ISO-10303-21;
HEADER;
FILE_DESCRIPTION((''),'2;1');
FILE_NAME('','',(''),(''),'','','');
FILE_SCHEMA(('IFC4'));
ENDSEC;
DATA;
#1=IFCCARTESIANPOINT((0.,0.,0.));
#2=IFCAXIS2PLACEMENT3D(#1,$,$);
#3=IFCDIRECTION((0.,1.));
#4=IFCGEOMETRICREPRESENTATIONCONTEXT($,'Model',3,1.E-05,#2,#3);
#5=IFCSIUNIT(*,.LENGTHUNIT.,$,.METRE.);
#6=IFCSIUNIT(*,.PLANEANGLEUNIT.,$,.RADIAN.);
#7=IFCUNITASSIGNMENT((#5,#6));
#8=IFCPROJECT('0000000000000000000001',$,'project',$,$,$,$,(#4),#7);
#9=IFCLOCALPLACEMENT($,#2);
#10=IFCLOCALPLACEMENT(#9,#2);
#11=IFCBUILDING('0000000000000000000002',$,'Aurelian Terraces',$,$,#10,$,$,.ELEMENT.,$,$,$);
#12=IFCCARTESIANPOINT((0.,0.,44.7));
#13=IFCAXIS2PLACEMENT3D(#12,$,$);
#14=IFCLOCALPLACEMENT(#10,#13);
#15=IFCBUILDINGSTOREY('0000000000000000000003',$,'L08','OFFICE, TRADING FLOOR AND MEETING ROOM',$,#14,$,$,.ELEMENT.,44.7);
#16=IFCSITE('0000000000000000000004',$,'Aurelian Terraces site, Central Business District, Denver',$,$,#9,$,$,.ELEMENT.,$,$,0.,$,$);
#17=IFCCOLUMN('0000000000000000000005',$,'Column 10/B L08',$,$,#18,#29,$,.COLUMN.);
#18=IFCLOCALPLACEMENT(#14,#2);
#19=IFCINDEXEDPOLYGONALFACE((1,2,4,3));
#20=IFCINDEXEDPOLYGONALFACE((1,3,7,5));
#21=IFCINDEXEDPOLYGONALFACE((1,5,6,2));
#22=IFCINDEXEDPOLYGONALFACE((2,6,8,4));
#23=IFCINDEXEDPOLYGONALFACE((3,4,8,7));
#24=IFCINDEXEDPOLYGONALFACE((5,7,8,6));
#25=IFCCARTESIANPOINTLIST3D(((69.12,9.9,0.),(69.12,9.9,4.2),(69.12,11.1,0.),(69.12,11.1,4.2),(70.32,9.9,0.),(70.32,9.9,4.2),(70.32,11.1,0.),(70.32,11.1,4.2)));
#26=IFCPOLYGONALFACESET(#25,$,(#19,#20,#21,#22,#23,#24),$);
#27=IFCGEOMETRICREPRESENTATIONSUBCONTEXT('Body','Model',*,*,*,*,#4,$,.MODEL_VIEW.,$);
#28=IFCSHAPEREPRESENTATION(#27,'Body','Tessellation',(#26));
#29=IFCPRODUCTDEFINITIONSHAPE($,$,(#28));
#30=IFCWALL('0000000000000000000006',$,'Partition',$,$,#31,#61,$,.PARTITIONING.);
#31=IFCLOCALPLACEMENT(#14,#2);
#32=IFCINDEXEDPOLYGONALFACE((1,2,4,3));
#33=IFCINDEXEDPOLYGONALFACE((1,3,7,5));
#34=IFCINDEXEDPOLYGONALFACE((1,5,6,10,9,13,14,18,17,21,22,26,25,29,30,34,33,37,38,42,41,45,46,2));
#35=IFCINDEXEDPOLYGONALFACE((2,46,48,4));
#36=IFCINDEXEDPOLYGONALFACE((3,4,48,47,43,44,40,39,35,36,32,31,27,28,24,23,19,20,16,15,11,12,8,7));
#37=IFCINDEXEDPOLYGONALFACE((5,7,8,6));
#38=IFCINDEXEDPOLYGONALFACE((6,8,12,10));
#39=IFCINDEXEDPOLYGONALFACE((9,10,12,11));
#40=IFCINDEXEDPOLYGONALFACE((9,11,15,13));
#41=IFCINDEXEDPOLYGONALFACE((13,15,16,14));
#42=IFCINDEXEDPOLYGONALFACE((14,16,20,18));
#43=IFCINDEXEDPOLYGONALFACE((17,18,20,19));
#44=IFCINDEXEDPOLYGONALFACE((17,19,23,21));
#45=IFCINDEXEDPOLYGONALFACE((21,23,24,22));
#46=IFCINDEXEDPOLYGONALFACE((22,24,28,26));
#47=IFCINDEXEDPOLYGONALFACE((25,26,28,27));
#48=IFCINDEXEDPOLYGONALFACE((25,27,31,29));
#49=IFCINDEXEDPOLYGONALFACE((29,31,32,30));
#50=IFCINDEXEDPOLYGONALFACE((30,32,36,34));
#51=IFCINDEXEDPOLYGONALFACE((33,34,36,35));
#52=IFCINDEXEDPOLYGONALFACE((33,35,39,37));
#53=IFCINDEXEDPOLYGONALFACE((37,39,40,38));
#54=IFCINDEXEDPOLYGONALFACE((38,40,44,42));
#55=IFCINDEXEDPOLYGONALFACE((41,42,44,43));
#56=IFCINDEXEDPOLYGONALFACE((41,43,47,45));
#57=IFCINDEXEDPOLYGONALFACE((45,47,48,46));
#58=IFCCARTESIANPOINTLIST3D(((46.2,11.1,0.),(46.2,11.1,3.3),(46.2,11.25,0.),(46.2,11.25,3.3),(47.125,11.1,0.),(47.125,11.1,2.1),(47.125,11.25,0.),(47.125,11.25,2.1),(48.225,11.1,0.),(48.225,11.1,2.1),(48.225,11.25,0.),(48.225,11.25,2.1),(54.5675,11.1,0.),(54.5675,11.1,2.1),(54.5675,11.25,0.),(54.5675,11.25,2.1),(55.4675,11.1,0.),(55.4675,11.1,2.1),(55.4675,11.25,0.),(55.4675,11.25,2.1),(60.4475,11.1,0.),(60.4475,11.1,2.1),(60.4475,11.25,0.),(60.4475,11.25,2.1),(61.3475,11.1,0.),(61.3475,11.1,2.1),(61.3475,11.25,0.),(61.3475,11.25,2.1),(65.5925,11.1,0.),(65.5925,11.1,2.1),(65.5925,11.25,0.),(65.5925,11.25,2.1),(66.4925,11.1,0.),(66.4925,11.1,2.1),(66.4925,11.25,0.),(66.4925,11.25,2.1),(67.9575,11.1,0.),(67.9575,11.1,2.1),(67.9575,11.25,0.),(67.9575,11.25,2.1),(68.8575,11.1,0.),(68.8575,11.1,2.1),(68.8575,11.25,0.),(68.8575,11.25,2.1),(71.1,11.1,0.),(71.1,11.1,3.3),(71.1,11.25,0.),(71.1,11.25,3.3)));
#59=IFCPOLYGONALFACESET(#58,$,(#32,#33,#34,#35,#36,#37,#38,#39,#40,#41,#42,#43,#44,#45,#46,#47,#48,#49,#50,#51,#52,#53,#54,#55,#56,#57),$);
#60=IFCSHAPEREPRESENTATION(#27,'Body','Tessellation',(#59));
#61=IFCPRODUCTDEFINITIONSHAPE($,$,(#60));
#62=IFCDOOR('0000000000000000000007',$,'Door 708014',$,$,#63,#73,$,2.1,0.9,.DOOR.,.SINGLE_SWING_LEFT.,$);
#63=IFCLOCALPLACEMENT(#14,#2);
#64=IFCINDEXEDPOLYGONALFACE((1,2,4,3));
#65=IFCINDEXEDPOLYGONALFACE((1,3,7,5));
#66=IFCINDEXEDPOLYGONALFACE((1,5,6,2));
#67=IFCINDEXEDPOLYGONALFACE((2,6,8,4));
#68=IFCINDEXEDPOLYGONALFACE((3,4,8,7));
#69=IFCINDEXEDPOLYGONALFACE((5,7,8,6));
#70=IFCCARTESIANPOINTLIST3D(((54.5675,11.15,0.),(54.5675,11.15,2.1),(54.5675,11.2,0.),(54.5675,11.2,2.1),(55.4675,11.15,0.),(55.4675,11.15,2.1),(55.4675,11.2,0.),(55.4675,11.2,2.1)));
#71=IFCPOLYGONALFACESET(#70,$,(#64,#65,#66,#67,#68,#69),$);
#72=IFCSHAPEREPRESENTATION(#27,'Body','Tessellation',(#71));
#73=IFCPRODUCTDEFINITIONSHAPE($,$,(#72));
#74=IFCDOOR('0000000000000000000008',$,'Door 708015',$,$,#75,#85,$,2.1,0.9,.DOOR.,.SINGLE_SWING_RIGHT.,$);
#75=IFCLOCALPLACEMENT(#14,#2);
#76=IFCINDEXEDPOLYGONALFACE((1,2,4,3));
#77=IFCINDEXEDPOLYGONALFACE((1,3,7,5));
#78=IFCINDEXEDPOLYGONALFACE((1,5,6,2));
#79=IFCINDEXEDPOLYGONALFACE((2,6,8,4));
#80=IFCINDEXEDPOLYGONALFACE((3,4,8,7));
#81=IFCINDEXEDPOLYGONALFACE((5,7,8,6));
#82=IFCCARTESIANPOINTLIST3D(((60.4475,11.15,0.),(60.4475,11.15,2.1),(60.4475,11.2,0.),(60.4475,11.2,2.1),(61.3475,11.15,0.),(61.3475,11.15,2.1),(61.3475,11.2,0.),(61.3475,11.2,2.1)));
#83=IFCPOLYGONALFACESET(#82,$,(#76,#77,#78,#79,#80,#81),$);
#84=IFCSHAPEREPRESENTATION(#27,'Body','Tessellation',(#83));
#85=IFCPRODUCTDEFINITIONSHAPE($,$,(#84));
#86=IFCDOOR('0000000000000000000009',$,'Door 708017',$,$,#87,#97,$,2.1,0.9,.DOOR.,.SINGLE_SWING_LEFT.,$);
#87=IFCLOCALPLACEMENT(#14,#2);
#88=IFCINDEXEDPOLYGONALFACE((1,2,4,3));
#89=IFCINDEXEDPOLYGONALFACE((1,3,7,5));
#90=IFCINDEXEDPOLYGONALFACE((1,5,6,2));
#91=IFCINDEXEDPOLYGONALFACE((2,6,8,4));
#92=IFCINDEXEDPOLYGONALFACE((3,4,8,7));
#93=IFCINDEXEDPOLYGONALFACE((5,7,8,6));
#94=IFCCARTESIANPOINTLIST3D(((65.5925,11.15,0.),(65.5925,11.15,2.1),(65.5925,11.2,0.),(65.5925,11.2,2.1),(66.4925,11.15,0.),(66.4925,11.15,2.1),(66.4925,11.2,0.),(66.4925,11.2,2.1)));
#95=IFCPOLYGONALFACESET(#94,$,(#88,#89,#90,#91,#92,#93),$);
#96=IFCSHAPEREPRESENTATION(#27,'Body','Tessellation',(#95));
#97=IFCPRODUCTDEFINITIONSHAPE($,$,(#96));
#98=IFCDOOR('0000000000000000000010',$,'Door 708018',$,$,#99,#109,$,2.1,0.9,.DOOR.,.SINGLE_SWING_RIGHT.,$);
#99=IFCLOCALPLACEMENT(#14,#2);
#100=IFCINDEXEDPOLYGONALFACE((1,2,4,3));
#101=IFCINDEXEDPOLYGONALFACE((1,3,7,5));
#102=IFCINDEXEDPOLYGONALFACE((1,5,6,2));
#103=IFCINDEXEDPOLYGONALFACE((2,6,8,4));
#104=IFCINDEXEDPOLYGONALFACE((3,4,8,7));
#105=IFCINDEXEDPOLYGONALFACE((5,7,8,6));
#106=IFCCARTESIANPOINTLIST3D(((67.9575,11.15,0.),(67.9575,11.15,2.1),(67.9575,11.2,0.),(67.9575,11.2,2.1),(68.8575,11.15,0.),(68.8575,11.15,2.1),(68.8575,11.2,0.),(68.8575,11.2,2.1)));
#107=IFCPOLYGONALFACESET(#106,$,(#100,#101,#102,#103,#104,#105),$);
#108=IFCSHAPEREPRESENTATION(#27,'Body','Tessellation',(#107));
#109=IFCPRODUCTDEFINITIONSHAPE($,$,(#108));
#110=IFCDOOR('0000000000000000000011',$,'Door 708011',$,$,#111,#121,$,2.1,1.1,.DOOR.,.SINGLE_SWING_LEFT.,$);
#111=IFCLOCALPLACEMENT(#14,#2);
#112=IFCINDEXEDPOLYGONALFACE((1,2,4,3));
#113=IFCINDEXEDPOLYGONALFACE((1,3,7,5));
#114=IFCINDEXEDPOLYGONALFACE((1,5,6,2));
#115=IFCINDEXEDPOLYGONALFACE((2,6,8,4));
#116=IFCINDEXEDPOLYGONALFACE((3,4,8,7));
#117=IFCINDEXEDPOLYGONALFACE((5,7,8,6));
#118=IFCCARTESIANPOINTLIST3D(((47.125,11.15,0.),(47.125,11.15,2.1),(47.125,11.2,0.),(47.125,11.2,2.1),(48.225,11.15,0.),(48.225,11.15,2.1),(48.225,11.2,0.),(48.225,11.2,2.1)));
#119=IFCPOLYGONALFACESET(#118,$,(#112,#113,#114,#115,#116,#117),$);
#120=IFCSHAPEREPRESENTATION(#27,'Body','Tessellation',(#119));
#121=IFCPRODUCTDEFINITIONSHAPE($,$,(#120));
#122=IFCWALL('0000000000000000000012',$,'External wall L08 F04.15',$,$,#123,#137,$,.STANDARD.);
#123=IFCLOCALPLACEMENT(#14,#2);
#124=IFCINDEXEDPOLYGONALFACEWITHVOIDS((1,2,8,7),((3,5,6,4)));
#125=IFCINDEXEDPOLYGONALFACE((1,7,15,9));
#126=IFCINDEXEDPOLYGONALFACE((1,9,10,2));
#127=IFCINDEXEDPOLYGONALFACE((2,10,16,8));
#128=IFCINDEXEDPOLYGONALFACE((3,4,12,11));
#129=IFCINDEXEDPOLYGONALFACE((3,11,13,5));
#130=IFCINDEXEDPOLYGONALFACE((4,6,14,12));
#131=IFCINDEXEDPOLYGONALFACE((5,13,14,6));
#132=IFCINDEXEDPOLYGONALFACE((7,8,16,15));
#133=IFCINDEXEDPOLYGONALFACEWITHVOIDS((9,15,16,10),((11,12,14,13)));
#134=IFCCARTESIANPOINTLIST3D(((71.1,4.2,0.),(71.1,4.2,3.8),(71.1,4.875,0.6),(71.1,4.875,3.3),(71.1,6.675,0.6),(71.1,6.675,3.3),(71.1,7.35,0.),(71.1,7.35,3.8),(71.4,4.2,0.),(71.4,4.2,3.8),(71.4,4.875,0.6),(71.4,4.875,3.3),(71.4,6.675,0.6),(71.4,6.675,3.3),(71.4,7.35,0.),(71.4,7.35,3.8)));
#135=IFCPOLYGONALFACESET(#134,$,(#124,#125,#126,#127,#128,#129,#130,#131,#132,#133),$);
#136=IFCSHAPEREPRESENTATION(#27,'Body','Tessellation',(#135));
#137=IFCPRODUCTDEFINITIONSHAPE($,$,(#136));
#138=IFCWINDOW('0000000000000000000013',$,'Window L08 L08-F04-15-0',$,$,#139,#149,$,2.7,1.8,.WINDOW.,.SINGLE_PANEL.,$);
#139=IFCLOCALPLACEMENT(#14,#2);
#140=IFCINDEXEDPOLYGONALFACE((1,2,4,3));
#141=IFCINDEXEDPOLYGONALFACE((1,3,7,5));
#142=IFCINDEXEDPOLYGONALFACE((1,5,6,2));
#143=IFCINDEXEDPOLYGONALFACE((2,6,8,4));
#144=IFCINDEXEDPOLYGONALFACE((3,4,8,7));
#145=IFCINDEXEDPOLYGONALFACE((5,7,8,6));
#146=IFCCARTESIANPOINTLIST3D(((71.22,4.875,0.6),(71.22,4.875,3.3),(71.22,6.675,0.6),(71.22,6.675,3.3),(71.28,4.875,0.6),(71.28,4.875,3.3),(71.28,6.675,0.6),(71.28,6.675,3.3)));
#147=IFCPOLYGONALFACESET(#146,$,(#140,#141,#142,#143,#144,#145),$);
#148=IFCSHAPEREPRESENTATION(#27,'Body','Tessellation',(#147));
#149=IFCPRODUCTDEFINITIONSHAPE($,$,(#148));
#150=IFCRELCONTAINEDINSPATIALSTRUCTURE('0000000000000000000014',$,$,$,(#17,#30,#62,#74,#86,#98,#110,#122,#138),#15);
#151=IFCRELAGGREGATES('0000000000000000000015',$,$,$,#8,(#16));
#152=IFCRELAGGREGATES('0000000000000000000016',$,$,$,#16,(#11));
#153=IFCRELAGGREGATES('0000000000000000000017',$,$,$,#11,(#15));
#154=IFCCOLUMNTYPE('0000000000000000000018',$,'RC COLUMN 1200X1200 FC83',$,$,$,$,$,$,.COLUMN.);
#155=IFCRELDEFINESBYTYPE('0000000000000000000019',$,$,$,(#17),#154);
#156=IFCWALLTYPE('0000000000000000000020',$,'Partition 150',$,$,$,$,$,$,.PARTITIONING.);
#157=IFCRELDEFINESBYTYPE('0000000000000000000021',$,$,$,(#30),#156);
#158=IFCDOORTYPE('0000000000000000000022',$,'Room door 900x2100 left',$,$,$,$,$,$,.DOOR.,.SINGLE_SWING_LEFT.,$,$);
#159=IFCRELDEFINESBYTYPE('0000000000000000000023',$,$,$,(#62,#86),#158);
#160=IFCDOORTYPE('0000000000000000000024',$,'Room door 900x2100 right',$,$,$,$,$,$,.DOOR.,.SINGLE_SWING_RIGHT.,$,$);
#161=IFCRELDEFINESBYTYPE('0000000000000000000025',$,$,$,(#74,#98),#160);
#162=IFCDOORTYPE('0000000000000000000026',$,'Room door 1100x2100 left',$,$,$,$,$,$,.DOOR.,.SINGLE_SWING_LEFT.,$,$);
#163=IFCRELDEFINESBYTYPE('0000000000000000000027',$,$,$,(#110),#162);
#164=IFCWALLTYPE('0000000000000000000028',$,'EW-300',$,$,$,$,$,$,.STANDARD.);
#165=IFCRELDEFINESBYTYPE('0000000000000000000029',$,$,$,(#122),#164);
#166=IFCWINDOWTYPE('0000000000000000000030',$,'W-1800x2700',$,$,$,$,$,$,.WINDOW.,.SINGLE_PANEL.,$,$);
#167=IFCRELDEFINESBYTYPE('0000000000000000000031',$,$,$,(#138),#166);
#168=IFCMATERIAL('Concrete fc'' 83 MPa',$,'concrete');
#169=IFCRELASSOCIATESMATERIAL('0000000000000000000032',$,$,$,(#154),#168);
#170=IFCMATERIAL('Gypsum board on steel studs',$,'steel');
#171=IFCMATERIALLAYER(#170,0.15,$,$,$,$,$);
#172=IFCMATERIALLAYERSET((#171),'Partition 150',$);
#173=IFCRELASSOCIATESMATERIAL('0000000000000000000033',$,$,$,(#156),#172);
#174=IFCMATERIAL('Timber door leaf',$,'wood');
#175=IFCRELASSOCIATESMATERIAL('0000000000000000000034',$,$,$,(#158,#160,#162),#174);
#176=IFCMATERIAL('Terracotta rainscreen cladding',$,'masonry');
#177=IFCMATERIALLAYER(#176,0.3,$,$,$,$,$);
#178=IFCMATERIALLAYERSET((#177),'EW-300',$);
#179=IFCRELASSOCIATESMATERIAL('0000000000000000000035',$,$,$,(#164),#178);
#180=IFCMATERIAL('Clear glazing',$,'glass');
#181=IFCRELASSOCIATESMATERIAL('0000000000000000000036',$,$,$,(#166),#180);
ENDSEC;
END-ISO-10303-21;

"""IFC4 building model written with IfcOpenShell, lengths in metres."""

from ifc_helpers import new_model, si_unit, direction, frame, frame_2d, origin, origin_2d, place, context, subcontext, project, spatial, rectangle, extrude, source, transform, mapped, material, layer, layer_set, material_profile, profile_set, type_object, element, fill, save


model = new_model("IFC4")

# Units and contexts
model_context = context("Model", 3, precision=1e-05, world=origin(), true_north=direction((0.0, 1.0)))
body_context = subcontext(model_context, "Body", "Model", "MODEL_VIEW")
ifc_project = project(units=[si_unit("LENGTHUNIT", "METRE"), si_unit("PLANEANGLEUNIT", "RADIAN")], contexts=[model_context])

# Site, building, storey
site_placement = place(None, origin())
site = spatial("IfcSite", under=ifc_project, at=site_placement, Name="Aurelian Terraces site, Central Business District, Denver", CompositionType="ELEMENT", RefElevation=0.0)
building_placement = place(site_placement, origin())
building = spatial("IfcBuilding", under=site, at=building_placement, Name="Aurelian Terraces", CompositionType="ELEMENT")
storey_placement = place(building_placement, frame((0.0, 0.0, 44.7)))
storey = spatial("IfcBuildingStorey", under=building, at=storey_placement, Name="L08", Description="OFFICE, TRADING FLOOR AND MEETING ROOM", CompositionType="ELEMENT", Elevation=44.7)

# Column
ifc_material_1 = material(Name="Concrete fc' 83 MPa", Category="concrete")
ifc_material_profile = material_profile(ifc_material_1, rectangle(XDim=1.2, YDim=1.2, at=origin_2d()))
ifc_profile_set = profile_set([ifc_material_profile], Name="Concrete fc' 83 MPa")
column_type = type_object("IfcColumnType", Name="RC COLUMN 1200X1200 FC83", PredefinedType="COLUMN", material=ifc_profile_set)
shared_shape_1 = source(origin(), body_context, "Body", "SweptSolid", [
    extrude(rectangle(XDim=1.2, YDim=1.2, at=origin_2d()), origin(), (0.0, 0.0, 1.0), 4.2),
])
column_placement = place(storey_placement, frame((69.72, 10.5, 0.0), z_axis=(0.0, 0.0, 1.0), x_axis=(1.0, 0.0, 0.0)))
element("IfcColumn", 1, at=column_placement, inside=storey, type_object=column_type, Name="Column 10/B L08", PredefinedType="COLUMN", context=body_context, shape_type="MappedRepresentation", body=[
    mapped(shared_shape_1, transform((0.0, 0.0, 0.0), scale=1.0)),
])

# Wall, openings, doors
ifc_material_2 = material(Name="Gypsum board on steel studs", Category="steel")
ifc_layer_1 = layer(ifc_material_2, 0.15)
ifc_layer_set_1 = layer_set([ifc_layer_1], Name="Partition 150")
wall_type_1 = type_object("IfcWallType", Name="Partition 150", PredefinedType="PARTITIONING", material=ifc_layer_set_1)
wall_1_placement = place(storey_placement, frame((71.1, 11.175, 0.0), z_axis=(0.0, 0.0, 1.0), x_axis=(-1.0, 0.0, 0.0)))
wall_1 = element("IfcWall", 2, at=wall_1_placement, inside=storey, type_object=wall_type_1, Name="Partition", PredefinedType="PARTITIONING", context=body_context, shape_type="SweptSolid", body=[
    extrude(rectangle(XDim=24.9, YDim=0.15, at=frame_2d((12.45, 0.0))), origin(), (0.0, 0.0, 1.0), 3.3),
])
shared_shape_2 = source(origin(), body_context, "Body", "SweptSolid", [
    extrude(rectangle(XDim=1.1, YDim=2.1, at=frame_2d((0.55, 1.05))), frame((0.0, 0.085, 0.0), z_axis=(0.0, -1.0, 0.0), x_axis=(1.0, 0.0, 0.0)), (0.0, 0.0, 1.0), 0.17),
])
opening_1_placement = place(wall_1_placement, frame((22.875, 0.0, 0.0)))
opening_1 = element("IfcOpeningElement", 3, at=opening_1_placement, cuts=wall_1, PredefinedType="OPENING", context=body_context, shape_type="MappedRepresentation", body=[
    mapped(shared_shape_2, transform((0.0, 0.0, 0.0), scale=1.0)),
])
shared_shape_3 = source(origin(), body_context, "Body", "SweptSolid", [
    extrude(rectangle(XDim=0.9, YDim=2.1, at=frame_2d((0.45, 1.05))), frame((0.0, 0.085, 0.0), z_axis=(0.0, -1.0, 0.0), x_axis=(1.0, 0.0, 0.0)), (0.0, 0.0, 1.0), 0.17),
])
opening_2_placement = place(wall_1_placement, frame((15.6325, 0.0, 0.0)))
opening_2 = element("IfcOpeningElement", 4, at=opening_2_placement, cuts=wall_1, PredefinedType="OPENING", context=body_context, shape_type="MappedRepresentation", body=[
    mapped(shared_shape_3, transform((0.0, 0.0, 0.0), scale=1.0)),
])
opening_3_placement = place(wall_1_placement, frame((9.7525, 0.0, 0.0)))
opening_3 = element("IfcOpeningElement", 5, at=opening_3_placement, cuts=wall_1, PredefinedType="OPENING", context=body_context, shape_type="MappedRepresentation", body=[
    mapped(shared_shape_3, transform((0.0, 0.0, 0.0), scale=1.0)),
])
opening_4_placement = place(wall_1_placement, frame((4.6075, 0.0, 0.0)))
opening_4 = element("IfcOpeningElement", 6, at=opening_4_placement, cuts=wall_1, PredefinedType="OPENING", context=body_context, shape_type="MappedRepresentation", body=[
    mapped(shared_shape_3, transform((0.0, 0.0, 0.0), scale=1.0)),
])
opening_5_placement = place(wall_1_placement, frame((2.2425, 0.0, 0.0)))
opening_5 = element("IfcOpeningElement", 7, at=opening_5_placement, cuts=wall_1, PredefinedType="OPENING", context=body_context, shape_type="MappedRepresentation", body=[
    mapped(shared_shape_3, transform((0.0, 0.0, 0.0), scale=1.0)),
])
ifc_material_3 = material(Name="Timber door leaf", Category="wood")
door_type_1 = type_object("IfcDoorType", Name="Room door 900x2100 left", OperationType="SINGLE_SWING_LEFT", PredefinedType="DOOR", material=ifc_material_3)
shared_shape_4 = source(origin(), body_context, "Body", "SweptSolid", [
    extrude(rectangle(XDim=0.9, YDim=2.1, at=frame_2d((0.45, 1.05))), frame((0.0, 0.025, 0.0), z_axis=(0.0, -1.0, 0.0), x_axis=(1.0, 0.0, 0.0)), (0.0, 0.0, 1.0), 0.05),
])
door_1_placement = place(opening_2_placement, origin())
door_1 = element("IfcDoor", 8, at=door_1_placement, inside=storey, type_object=door_type_1, Name="Door 708014", OperationType="SINGLE_SWING_LEFT", OverallHeight=2.1, OverallWidth=0.9, PredefinedType="DOOR", context=body_context, shape_type="MappedRepresentation", body=[
    mapped(shared_shape_4, transform((0.0, 0.0, 0.0), scale=1.0)),
])
fill(opening_2, door_1)
door_type_2 = type_object("IfcDoorType", Name="Room door 900x2100 right", OperationType="SINGLE_SWING_RIGHT", PredefinedType="DOOR", material=ifc_material_3)
door_2_placement = place(opening_3_placement, origin())
door_2 = element("IfcDoor", 9, at=door_2_placement, inside=storey, type_object=door_type_2, Name="Door 708015", OperationType="SINGLE_SWING_RIGHT", OverallHeight=2.1, OverallWidth=0.9, PredefinedType="DOOR", context=body_context, shape_type="MappedRepresentation", body=[
    mapped(shared_shape_4, transform((0.0, 0.0, 0.0), scale=1.0)),
])
fill(opening_3, door_2)
door_3_placement = place(opening_4_placement, origin())
door_3 = element("IfcDoor", 10, at=door_3_placement, inside=storey, type_object=door_type_1, Name="Door 708017", OperationType="SINGLE_SWING_LEFT", OverallHeight=2.1, OverallWidth=0.9, PredefinedType="DOOR", context=body_context, shape_type="MappedRepresentation", body=[
    mapped(shared_shape_4, transform((0.0, 0.0, 0.0), scale=1.0)),
])
fill(opening_4, door_3)
door_4_placement = place(opening_5_placement, origin())
door_4 = element("IfcDoor", 11, at=door_4_placement, inside=storey, type_object=door_type_2, Name="Door 708018", OperationType="SINGLE_SWING_RIGHT", OverallHeight=2.1, OverallWidth=0.9, PredefinedType="DOOR", context=body_context, shape_type="MappedRepresentation", body=[
    mapped(shared_shape_4, transform((0.0, 0.0, 0.0), scale=1.0)),
])
fill(opening_5, door_4)
door_type_3 = type_object("IfcDoorType", Name="Room door 1100x2100 left", OperationType="SINGLE_SWING_LEFT", PredefinedType="DOOR", material=ifc_material_3)
shared_shape_5 = source(origin(), body_context, "Body", "SweptSolid", [
    extrude(rectangle(XDim=1.1, YDim=2.1, at=frame_2d((0.55, 1.05))), frame((0.0, 0.025, 0.0), z_axis=(0.0, -1.0, 0.0), x_axis=(1.0, 0.0, 0.0)), (0.0, 0.0, 1.0), 0.05),
])
door_5_placement = place(opening_1_placement, origin())
door_5 = element("IfcDoor", 12, at=door_5_placement, inside=storey, type_object=door_type_3, Name="Door 708011", OperationType="SINGLE_SWING_LEFT", OverallHeight=2.1, OverallWidth=1.1, PredefinedType="DOOR", context=body_context, shape_type="MappedRepresentation", body=[
    mapped(shared_shape_5, transform((0.0, 0.0, 0.0), scale=1.0)),
])
fill(opening_1, door_5)

# Wall, opening, window
ifc_material_4 = material(Name="Terracotta rainscreen cladding", Category="masonry")
ifc_layer_2 = layer(ifc_material_4, 0.3)
ifc_layer_set_2 = layer_set([ifc_layer_2], Name="EW-300")
wall_type_2 = type_object("IfcWallType", Name="EW-300", PredefinedType="STANDARD", material=ifc_layer_set_2)
shared_shape_6 = source(origin(), body_context, "Body", "SweptSolid", [
    extrude(rectangle(XDim=3.15, YDim=0.3, at=frame_2d((1.575, 0.0))), origin(), (0.0, 0.0, 1.0), 3.8),
])
wall_2_placement = place(storey_placement, frame((71.25, 4.2, 0.0), z_axis=(0.0, 0.0, 1.0), x_axis=(0.0, 1.0, 0.0)))
wall_2 = element("IfcWall", 13, at=wall_2_placement, inside=storey, type_object=wall_type_2, Name="External wall L08 F04.15", PredefinedType="STANDARD", context=body_context, shape_type="MappedRepresentation", body=[
    mapped(shared_shape_6, transform((0.0, 0.0, 0.0), scale=1.0)),
])
shared_shape_7 = source(origin(), body_context, "Body", "SweptSolid", [
    extrude(rectangle(XDim=1.8, YDim=2.7, at=frame_2d((0.9, 1.35))), frame((0.0, 0.16, 0.0), z_axis=(0.0, -1.0, 0.0), x_axis=(1.0, 0.0, 0.0)), (0.0, 0.0, 1.0), 0.32),
])
opening_6_placement = place(wall_2_placement, frame((0.675, 0.0, 0.6)))
opening_6 = element("IfcOpeningElement", 14, at=opening_6_placement, cuts=wall_2, PredefinedType="OPENING", context=body_context, shape_type="MappedRepresentation", body=[
    mapped(shared_shape_7, transform((0.0, 0.0, 0.0), scale=1.0)),
])
ifc_material_5 = material(Name="Clear glazing", Category="glass")
window_type_1 = type_object("IfcWindowType", Name="W-1800x2700", PartitioningType="SINGLE_PANEL", PredefinedType="WINDOW", material=ifc_material_5)
shared_shape_8 = source(origin(), body_context, "Body", "SweptSolid", [
    extrude(rectangle(XDim=1.8, YDim=2.7, at=frame_2d((0.9, 1.35))), frame((0.0, 0.03, 0.0), z_axis=(0.0, -1.0, 0.0), x_axis=(1.0, 0.0, 0.0)), (0.0, 0.0, 1.0), 0.06),
])
window_1_placement = place(opening_6_placement, origin())
window_1 = element("IfcWindow", 15, at=window_1_placement, inside=storey, type_object=window_type_1, Name="Window L08 L08-F04-15-0", OverallHeight=2.7, OverallWidth=1.8, PartitioningType="SINGLE_PANEL", PredefinedType="WINDOW", context=body_context, shape_type="MappedRepresentation", body=[
    mapped(shared_shape_8, transform((0.0, 0.0, 0.0), scale=1.0)),
])
fill(opening_6, window_1)

save(model, "model.ifc")
